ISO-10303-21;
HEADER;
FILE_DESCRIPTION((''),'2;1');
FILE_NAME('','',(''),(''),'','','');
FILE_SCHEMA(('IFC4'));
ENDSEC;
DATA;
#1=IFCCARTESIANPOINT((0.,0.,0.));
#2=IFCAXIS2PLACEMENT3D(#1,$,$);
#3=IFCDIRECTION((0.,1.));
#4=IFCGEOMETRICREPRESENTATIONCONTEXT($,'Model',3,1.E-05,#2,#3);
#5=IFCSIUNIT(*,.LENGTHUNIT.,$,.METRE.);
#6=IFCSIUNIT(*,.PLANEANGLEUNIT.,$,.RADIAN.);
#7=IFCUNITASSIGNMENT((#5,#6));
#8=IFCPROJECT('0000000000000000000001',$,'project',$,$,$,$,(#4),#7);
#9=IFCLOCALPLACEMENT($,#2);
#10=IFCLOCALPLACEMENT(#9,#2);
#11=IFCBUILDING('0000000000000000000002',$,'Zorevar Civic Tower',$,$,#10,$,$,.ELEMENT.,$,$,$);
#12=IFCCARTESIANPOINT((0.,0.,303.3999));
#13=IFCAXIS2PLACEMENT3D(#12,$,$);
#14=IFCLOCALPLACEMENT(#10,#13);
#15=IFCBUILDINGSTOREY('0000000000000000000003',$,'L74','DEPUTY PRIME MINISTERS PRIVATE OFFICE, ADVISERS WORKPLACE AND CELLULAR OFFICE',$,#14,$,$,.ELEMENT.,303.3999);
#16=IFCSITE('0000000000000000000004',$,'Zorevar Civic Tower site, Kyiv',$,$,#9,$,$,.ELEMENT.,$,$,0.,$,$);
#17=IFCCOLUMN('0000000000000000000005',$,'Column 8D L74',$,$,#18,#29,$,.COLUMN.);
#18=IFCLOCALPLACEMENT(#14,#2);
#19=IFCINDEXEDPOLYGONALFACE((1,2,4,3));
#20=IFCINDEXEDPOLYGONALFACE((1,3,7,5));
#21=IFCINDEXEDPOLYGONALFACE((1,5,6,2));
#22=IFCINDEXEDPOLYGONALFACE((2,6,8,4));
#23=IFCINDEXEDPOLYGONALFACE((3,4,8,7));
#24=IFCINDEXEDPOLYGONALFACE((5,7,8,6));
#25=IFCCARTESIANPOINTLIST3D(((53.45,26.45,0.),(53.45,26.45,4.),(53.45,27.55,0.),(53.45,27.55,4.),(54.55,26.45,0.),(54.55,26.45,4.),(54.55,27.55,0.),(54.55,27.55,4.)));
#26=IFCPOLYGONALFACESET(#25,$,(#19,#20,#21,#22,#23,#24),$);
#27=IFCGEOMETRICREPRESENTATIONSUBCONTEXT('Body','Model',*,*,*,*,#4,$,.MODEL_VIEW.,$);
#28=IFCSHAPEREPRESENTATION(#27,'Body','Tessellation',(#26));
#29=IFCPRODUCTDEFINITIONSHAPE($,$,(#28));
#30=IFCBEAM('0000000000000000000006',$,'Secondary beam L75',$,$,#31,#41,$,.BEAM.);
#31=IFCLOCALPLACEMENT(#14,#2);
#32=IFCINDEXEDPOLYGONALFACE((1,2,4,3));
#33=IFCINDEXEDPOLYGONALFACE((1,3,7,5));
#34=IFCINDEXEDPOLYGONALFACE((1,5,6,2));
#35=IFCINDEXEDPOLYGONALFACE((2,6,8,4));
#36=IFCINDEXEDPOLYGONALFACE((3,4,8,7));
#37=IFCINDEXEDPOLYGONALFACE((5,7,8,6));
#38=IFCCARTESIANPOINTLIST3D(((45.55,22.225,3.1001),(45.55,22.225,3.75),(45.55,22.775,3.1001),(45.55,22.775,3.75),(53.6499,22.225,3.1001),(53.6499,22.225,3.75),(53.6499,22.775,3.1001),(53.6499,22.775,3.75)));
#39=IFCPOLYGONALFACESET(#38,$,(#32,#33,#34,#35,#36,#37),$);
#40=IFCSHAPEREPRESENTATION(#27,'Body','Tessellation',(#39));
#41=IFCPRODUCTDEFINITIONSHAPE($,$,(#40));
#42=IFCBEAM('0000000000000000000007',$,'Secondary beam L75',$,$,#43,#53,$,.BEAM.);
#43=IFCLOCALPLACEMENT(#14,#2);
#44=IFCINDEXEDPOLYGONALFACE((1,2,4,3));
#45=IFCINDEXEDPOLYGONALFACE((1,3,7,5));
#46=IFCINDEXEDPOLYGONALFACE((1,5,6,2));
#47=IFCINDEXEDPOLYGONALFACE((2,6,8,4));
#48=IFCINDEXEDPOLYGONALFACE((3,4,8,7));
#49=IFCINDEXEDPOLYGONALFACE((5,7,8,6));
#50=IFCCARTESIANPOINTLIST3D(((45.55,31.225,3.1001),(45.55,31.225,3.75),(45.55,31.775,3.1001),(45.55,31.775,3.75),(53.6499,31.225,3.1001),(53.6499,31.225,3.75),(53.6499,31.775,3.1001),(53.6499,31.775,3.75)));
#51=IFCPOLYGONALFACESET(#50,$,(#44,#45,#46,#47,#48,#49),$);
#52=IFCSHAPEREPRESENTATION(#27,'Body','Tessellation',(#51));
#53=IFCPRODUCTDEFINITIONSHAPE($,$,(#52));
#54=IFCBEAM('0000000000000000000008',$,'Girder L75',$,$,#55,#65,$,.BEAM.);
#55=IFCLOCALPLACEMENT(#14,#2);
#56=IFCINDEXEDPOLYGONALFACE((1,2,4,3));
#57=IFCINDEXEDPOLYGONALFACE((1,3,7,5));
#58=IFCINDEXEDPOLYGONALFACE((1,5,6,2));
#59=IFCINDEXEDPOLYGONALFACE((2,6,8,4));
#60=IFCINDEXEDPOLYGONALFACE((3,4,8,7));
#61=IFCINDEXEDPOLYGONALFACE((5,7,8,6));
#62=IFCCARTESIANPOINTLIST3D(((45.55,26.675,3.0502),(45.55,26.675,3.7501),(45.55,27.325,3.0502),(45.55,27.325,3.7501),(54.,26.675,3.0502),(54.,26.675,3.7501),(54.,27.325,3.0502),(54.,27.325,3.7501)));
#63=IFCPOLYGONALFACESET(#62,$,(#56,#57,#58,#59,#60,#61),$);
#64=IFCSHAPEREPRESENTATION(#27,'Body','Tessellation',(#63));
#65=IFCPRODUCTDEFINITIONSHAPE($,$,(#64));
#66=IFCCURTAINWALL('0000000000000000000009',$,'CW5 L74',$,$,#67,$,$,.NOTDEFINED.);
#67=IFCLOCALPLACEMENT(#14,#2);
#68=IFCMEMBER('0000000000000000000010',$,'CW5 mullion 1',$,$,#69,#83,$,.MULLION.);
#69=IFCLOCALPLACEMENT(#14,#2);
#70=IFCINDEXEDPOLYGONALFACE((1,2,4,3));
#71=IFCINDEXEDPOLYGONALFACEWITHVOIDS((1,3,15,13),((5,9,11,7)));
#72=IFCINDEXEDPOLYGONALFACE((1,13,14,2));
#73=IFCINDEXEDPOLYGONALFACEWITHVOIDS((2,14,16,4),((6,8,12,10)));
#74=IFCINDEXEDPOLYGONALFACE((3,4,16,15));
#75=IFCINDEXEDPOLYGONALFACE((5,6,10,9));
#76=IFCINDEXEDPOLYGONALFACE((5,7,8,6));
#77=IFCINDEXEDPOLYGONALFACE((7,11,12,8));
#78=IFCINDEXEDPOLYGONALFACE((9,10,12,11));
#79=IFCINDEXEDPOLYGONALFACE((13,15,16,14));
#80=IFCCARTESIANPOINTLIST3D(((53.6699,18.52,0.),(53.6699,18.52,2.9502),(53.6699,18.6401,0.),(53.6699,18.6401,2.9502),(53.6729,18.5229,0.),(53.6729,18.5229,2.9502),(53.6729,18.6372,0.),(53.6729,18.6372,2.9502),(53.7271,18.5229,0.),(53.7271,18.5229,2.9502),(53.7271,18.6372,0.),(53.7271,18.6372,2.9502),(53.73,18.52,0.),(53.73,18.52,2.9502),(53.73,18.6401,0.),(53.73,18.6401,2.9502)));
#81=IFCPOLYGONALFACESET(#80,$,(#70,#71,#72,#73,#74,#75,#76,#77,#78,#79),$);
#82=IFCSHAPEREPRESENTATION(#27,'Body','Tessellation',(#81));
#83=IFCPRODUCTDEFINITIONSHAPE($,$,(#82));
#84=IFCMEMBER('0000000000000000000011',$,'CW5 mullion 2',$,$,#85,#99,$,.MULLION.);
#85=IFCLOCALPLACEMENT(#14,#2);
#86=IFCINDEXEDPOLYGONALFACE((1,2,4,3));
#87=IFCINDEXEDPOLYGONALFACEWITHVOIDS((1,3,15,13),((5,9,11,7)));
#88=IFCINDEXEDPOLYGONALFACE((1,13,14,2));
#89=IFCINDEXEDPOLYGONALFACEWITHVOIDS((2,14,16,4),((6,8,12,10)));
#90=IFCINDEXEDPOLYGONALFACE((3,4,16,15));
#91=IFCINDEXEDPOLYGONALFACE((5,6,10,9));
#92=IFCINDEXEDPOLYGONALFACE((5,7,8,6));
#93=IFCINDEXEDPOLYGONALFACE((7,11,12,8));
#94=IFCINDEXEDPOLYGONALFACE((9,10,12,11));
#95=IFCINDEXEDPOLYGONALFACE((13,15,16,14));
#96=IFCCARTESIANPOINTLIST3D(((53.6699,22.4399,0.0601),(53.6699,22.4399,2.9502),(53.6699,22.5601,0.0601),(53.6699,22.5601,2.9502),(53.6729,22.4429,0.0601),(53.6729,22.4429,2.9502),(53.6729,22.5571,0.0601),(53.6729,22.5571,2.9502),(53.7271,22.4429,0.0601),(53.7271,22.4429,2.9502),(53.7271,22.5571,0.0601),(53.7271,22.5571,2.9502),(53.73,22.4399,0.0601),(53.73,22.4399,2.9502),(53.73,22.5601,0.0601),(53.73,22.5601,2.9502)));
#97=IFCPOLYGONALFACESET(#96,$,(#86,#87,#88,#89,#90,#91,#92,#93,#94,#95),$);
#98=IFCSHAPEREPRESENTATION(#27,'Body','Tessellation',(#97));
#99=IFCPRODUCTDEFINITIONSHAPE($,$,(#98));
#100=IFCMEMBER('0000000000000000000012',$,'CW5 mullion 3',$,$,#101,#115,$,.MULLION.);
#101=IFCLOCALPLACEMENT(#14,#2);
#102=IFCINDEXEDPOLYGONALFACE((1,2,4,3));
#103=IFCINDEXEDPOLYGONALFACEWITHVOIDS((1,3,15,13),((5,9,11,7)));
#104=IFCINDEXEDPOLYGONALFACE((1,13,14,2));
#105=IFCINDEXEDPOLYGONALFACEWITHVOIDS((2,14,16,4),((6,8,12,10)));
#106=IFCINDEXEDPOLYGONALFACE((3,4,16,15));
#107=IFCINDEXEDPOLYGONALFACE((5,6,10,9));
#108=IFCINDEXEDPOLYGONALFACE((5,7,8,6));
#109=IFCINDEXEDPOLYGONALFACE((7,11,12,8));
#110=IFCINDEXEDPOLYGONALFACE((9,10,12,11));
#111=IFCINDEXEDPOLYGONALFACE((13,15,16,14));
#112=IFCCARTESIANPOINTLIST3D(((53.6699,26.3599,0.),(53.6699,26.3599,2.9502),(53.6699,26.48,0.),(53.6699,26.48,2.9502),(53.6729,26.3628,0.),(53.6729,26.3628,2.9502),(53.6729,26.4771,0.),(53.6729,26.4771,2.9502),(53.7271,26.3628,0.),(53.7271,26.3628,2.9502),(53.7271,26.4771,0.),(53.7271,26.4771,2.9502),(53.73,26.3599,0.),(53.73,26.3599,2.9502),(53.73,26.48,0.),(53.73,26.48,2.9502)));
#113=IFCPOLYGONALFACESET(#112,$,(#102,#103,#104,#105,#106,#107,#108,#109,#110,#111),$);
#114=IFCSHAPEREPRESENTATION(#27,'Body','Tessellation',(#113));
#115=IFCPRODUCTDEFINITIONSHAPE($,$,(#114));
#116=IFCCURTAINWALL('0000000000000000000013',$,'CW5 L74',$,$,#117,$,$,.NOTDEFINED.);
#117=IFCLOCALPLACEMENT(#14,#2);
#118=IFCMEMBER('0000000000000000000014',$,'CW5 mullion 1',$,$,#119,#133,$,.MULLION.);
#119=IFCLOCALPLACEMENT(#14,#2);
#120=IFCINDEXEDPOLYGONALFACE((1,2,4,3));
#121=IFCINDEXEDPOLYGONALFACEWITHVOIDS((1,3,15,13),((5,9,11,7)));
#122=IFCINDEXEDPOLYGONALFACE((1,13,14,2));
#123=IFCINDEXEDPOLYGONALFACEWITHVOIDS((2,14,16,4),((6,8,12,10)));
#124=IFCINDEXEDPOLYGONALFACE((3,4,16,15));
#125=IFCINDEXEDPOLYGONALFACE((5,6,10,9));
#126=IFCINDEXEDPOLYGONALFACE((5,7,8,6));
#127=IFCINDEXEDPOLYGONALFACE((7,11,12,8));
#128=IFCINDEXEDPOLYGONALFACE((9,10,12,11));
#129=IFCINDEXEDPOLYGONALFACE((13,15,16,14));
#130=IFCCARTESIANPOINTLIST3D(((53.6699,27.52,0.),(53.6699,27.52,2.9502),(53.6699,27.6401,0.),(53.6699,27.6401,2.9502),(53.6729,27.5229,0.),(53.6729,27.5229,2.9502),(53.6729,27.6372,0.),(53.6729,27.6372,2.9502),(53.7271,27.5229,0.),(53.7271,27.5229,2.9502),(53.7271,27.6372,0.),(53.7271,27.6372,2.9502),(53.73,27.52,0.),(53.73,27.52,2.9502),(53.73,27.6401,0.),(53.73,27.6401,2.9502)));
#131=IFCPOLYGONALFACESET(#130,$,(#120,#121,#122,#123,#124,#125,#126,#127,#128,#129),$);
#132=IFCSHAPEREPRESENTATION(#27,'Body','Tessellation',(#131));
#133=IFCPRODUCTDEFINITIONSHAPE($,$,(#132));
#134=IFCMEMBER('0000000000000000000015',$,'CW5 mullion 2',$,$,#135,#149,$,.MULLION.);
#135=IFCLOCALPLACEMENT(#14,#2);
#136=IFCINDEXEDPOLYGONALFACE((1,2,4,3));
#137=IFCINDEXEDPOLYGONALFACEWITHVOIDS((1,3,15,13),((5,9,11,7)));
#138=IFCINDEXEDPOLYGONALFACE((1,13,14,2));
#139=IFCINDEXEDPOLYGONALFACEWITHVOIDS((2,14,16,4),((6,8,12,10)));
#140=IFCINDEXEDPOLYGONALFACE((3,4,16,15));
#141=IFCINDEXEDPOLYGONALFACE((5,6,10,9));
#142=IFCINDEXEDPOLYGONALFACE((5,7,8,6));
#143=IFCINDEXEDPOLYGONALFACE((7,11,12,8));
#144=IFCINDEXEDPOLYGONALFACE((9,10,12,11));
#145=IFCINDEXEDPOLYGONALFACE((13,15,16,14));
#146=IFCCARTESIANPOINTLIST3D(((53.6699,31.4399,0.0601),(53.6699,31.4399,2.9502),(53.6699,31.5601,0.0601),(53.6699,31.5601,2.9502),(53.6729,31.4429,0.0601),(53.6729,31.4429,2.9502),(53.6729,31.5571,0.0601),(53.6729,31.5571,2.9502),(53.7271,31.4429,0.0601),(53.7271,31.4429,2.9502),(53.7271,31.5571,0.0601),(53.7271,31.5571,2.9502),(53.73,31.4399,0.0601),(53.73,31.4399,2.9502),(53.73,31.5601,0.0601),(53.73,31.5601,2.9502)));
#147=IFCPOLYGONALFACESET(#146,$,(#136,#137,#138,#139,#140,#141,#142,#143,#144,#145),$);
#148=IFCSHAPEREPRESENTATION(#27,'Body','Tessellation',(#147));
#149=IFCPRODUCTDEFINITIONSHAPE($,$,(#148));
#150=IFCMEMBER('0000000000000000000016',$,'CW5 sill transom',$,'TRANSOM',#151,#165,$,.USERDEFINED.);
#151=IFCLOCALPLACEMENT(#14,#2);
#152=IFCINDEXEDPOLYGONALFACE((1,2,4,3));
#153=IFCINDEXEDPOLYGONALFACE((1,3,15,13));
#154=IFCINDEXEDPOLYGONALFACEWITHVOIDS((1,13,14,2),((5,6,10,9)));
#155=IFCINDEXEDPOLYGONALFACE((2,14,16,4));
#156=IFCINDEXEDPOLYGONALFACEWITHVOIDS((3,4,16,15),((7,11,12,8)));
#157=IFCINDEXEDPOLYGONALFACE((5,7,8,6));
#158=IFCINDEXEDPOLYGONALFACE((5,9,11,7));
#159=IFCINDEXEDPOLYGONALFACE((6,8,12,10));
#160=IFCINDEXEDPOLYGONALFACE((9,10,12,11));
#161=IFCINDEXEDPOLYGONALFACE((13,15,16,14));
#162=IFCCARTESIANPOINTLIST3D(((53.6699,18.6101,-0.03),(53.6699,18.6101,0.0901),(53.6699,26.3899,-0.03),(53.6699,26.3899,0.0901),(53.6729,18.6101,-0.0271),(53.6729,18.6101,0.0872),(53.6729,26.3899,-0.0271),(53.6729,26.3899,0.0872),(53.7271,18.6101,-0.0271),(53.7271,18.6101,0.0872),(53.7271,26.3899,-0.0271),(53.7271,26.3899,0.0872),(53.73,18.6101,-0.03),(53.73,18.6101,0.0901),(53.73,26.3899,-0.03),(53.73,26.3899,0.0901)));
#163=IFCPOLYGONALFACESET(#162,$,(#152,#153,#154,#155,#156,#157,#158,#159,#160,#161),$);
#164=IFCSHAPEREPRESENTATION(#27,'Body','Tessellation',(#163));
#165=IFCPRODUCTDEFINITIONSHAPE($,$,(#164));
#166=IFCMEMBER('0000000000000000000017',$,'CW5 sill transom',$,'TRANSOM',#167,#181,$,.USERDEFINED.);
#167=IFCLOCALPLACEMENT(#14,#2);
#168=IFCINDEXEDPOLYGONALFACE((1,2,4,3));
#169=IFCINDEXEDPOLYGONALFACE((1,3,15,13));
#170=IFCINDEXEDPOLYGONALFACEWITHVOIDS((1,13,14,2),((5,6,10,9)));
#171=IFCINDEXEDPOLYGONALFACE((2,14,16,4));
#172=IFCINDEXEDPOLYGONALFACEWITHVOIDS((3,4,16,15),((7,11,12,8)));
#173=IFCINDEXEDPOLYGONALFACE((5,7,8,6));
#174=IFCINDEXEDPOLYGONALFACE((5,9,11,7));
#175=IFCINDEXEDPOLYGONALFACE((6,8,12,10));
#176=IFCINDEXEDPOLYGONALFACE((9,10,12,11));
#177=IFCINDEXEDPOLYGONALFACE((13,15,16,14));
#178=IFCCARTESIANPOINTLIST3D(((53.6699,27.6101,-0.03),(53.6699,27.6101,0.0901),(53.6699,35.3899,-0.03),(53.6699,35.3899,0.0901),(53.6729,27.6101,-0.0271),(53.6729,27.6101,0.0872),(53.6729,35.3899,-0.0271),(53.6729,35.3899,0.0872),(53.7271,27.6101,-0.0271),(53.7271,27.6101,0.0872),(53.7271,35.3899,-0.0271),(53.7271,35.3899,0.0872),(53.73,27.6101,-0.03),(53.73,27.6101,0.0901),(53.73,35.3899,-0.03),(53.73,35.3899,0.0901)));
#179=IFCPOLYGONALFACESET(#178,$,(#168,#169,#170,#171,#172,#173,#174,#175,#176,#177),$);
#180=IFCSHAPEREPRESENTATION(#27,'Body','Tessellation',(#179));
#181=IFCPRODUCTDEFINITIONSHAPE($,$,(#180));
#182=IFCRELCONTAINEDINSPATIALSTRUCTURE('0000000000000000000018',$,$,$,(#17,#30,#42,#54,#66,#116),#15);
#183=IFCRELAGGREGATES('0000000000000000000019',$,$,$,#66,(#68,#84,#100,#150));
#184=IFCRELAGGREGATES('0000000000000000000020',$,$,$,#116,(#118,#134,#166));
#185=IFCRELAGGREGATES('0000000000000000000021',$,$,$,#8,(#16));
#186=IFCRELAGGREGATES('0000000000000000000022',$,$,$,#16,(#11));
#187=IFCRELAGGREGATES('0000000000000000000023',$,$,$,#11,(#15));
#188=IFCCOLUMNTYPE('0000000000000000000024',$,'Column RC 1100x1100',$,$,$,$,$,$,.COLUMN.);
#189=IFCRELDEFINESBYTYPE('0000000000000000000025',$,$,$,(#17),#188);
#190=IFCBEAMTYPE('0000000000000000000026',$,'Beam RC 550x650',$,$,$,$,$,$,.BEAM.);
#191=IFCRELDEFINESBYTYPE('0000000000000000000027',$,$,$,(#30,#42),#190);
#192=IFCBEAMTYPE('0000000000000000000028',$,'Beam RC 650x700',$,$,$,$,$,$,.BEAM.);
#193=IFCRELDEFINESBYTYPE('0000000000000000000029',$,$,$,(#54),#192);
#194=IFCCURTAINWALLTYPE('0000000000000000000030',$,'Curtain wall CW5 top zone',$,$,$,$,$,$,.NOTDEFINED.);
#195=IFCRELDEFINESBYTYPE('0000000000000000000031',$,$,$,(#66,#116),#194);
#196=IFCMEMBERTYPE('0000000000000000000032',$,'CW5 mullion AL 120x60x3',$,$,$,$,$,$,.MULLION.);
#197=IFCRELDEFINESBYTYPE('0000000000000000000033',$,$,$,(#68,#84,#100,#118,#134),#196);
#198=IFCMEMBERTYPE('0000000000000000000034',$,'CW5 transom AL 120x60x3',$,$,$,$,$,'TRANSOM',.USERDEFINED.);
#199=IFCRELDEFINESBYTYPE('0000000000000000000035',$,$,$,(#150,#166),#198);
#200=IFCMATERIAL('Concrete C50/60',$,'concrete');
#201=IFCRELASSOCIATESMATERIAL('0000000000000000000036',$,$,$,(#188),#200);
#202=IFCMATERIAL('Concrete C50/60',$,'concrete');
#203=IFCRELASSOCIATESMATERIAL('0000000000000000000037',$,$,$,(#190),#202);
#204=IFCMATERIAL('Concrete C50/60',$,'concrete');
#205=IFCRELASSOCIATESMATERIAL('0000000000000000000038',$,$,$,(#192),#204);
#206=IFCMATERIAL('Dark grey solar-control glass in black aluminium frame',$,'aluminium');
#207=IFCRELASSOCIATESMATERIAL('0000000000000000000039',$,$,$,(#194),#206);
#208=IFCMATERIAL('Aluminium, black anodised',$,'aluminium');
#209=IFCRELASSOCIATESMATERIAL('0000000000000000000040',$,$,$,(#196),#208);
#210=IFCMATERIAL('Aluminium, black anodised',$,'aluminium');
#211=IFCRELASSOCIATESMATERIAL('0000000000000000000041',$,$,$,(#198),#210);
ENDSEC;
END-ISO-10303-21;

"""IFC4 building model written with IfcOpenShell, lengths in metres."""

from ifc_helpers import new_model, si_unit, direction, frame, origin, origin_2d, place, context, subcontext, project, spatial, rectangle, hollow_rectangle, extrude, material, material_profile, profile_set, type_object, element, aggregate, save


model = new_model("IFC4")

# Units and contexts
model_context = context("Model", 3, precision=1e-05, world=origin(), true_north=direction((0.0, 1.0)))
body_context = subcontext(model_context, "Body", "Model", "MODEL_VIEW")
ifc_project = project(units=[si_unit("LENGTHUNIT", "METRE"), si_unit("PLANEANGLEUNIT", "RADIAN")], contexts=[model_context])

# Site, building, storey
site_placement = place(None, origin())
site = spatial("IfcSite", under=ifc_project, at=site_placement, Name="Zorevar Civic Tower site, Kyiv", CompositionType="ELEMENT", RefElevation=0.0)
building_placement = place(site_placement, origin())
building = spatial("IfcBuilding", under=site, at=building_placement, Name="Zorevar Civic Tower", CompositionType="ELEMENT")
storey_placement = place(building_placement, frame((0.0, 0.0, 303.3999)))
storey = spatial("IfcBuildingStorey", under=building, at=storey_placement, Name="L74", Description="DEPUTY PRIME MINISTERS PRIVATE OFFICE, ADVISERS WORKPLACE AND CELLULAR OFFICE", CompositionType="ELEMENT", Elevation=303.3999)

# Column
ifc_material_1 = material(Name="Concrete C50/60", Category="concrete")
ifc_material_profile_1 = material_profile(ifc_material_1, rectangle(XDim=1.1001, YDim=1.1001, at=origin_2d()), Name="RC 1100x1100")
ifc_profile_set_1 = profile_set([ifc_material_profile_1], Name="Concrete C50/60")
column_type = type_object("IfcColumnType", Name="Column RC 1100x1100", PredefinedType="COLUMN", material=ifc_profile_set_1)
column_placement = place(storey_placement, frame((54.0, 27.0, 0.0), z_axis=(0.0, 0.0, 1.0), x_axis=(1.0, 0.0, 0.0)))
element("IfcColumn", 1, at=column_placement, inside=storey, type_object=column_type, Name="Column 8D L74", PredefinedType="COLUMN", context=body_context, shape_type="SweptSolid", body=[
    extrude(rectangle(XDim=1.1001, YDim=1.1001, at=origin_2d()), origin(), (0.0, 0.0, 1.0), 4.0),
])

# Beams
ifc_material_2 = material(Name="Concrete C50/60", Category="concrete")
ifc_material_profile_2 = material_profile(ifc_material_2, rectangle(XDim=0.55, YDim=0.6499, at=origin_2d()), Name="RC 550x650")
ifc_profile_set_2 = profile_set([ifc_material_profile_2], Name="Concrete C50/60")
beam_type_1 = type_object("IfcBeamType", Name="Beam RC 550x650", PredefinedType="BEAM", material=ifc_profile_set_2)
for number, where, z_axis, x_axis, name in (
    (2, (45.55, 22.5, 3.425), (1.0, 0.0, 0.0), (0.0, 1.0, 0.0), "Secondary beam L75"),
    (3, (45.55, 31.5, 3.425), (1.0, 0.0, 0.0), (0.0, 1.0, 0.0), "Secondary beam L75"),
):
    element("IfcBeam", number, at=place(storey_placement, frame(where, z_axis=z_axis, x_axis=x_axis)), inside=storey, type_object=beam_type_1, Name=name, PredefinedType="BEAM", context=body_context, shape_type="SweptSolid", body=[
        extrude(rectangle(XDim=0.55, YDim=0.6499, at=origin_2d()), origin(), (0.0, 0.0, 1.0), 8.0999),
    ])
ifc_material_3 = material(Name="Concrete C50/60", Category="concrete")
ifc_material_profile_3 = material_profile(ifc_material_3, rectangle(XDim=0.6499, YDim=0.7, at=origin_2d()), Name="RC 650x700")
ifc_profile_set_3 = profile_set([ifc_material_profile_3], Name="Concrete C50/60")
beam_type_2 = type_object("IfcBeamType", Name="Beam RC 650x700", PredefinedType="BEAM", material=ifc_profile_set_3)
beam_1_placement = place(storey_placement, frame((45.55, 27.0, 3.4001), z_axis=(1.0, 0.0, 0.0), x_axis=(0.0, 1.0, 0.0)))
element("IfcBeam", 4, at=beam_1_placement, inside=storey, type_object=beam_type_2, Name="Girder L75", PredefinedType="BEAM", context=body_context, shape_type="SweptSolid", body=[
    extrude(rectangle(XDim=0.6499, YDim=0.7, at=origin_2d()), origin(), (0.0, 0.0, 1.0), 8.45),
])

# Curtain walls, members
ifc_material_4 = material(Name="Dark grey solar-control glass in black aluminium frame", Category="aluminium")
curtain_wall_type = type_object("IfcCurtainWallType", Name="Curtain wall CW5 top zone", PredefinedType="NOTDEFINED", material=ifc_material_4)
curtain_wall_1_placement = place(storey_placement, origin())
curtain_wall_1 = element("IfcCurtainWall", 5, at=curtain_wall_1_placement, inside=storey, type_object=curtain_wall_type, Name="CW5 L74", PredefinedType="NOTDEFINED")
ifc_material_5 = material(Name="Aluminium, black anodised", Category="aluminium")
ifc_material_profile_4 = material_profile(ifc_material_5, hollow_rectangle(XDim=0.0601, YDim=0.1201, WallThickness=0.0029, at=origin_2d()), Name="AL 120x60x3")
ifc_profile_set_4 = profile_set([ifc_material_profile_4], Name="Aluminium, black anodised")
member_type_1 = type_object("IfcMemberType", Name="CW5 mullion AL 120x60x3", PredefinedType="MULLION", material=ifc_profile_set_4)
member_1_placement = place(storey_placement, frame((53.7, 18.5801, 0.0), z_axis=(0.0, 0.0, 1.0), x_axis=(-1.0, 0.0, 0.0)))
member_1 = element("IfcMember", 6, at=member_1_placement, type_object=member_type_1, Name="CW5 mullion 1", PredefinedType="MULLION", context=body_context, shape_type="SweptSolid", body=[
    extrude(hollow_rectangle(XDim=0.0601, YDim=0.1201, WallThickness=0.0029, at=origin_2d()), origin(), (0.0, 0.0, 1.0), 2.9502),
])
member_2_placement = place(storey_placement, frame((53.7, 22.5, 0.0601), z_axis=(0.0, 0.0, 1.0), x_axis=(-1.0, 0.0, 0.0)))
member_2 = element("IfcMember", 7, at=member_2_placement, type_object=member_type_1, Name="CW5 mullion 2", PredefinedType="MULLION", context=body_context, shape_type="SweptSolid", body=[
    extrude(hollow_rectangle(XDim=0.0601, YDim=0.1201, WallThickness=0.0029, at=origin_2d()), origin(), (0.0, 0.0, 1.0), 2.8901),
])
member_3_placement = place(storey_placement, frame((53.7, 26.4199, 0.0), z_axis=(0.0, 0.0, 1.0), x_axis=(-1.0, 0.0, 0.0)))
member_3 = element("IfcMember", 8, at=member_3_placement, type_object=member_type_1, Name="CW5 mullion 3", PredefinedType="MULLION", context=body_context, shape_type="SweptSolid", body=[
    extrude(hollow_rectangle(XDim=0.0601, YDim=0.1201, WallThickness=0.0029, at=origin_2d()), origin(), (0.0, 0.0, 1.0), 2.9502),
])
curtain_wall_2_placement = place(storey_placement, origin())
curtain_wall_2 = element("IfcCurtainWall", 9, at=curtain_wall_2_placement, inside=storey, type_object=curtain_wall_type, Name="CW5 L74", PredefinedType="NOTDEFINED")
member_4_placement = place(storey_placement, frame((53.7, 27.5801, 0.0), z_axis=(0.0, 0.0, 1.0), x_axis=(-1.0, 0.0, 0.0)))
member_4 = element("IfcMember", 10, at=member_4_placement, type_object=member_type_1, Name="CW5 mullion 1", PredefinedType="MULLION", context=body_context, shape_type="SweptSolid", body=[
    extrude(hollow_rectangle(XDim=0.0601, YDim=0.1201, WallThickness=0.0029, at=origin_2d()), origin(), (0.0, 0.0, 1.0), 2.9502),
])
member_5_placement = place(storey_placement, frame((53.7, 31.5, 0.0601), z_axis=(0.0, 0.0, 1.0), x_axis=(-1.0, 0.0, 0.0)))
member_5 = element("IfcMember", 11, at=member_5_placement, type_object=member_type_1, Name="CW5 mullion 2", PredefinedType="MULLION", context=body_context, shape_type="SweptSolid", body=[
    extrude(hollow_rectangle(XDim=0.0601, YDim=0.1201, WallThickness=0.0029, at=origin_2d()), origin(), (0.0, 0.0, 1.0), 2.8901),
])

# Members
ifc_material_6 = material(Name="Aluminium, black anodised", Category="aluminium")
ifc_material_profile_5 = material_profile(ifc_material_6, hollow_rectangle(XDim=0.0601, YDim=0.1201, WallThickness=0.0029, at=origin_2d()), Name="AL 120x60x3")
ifc_profile_set_5 = profile_set([ifc_material_profile_5], Name="Aluminium, black anodised")
member_type_2 = type_object("IfcMemberType", Name="CW5 transom AL 120x60x3", ElementType="TRANSOM", PredefinedType="USERDEFINED", material=ifc_profile_set_5)
member_6_placement = place(storey_placement, frame((53.7, 18.6101, 0.03), z_axis=(0.0, 1.0, 0.0), x_axis=(-1.0, 0.0, 0.0)))
member_6 = element("IfcMember", 12, at=member_6_placement, type_object=member_type_2, Name="CW5 sill transom", ObjectType="TRANSOM", PredefinedType="USERDEFINED", context=body_context, shape_type="SweptSolid", body=[
    extrude(hollow_rectangle(XDim=0.0601, YDim=0.1201, WallThickness=0.0029, at=origin_2d()), origin(), (0.0, 0.0, 1.0), 7.7798),
])
member_7_placement = place(storey_placement, frame((53.7, 27.6101, 0.03), z_axis=(0.0, 1.0, 0.0), x_axis=(-1.0, 0.0, 0.0)))
member_7 = element("IfcMember", 13, at=member_7_placement, type_object=member_type_2, Name="CW5 sill transom", ObjectType="TRANSOM", PredefinedType="USERDEFINED", context=body_context, shape_type="SweptSolid", body=[
    extrude(hollow_rectangle(XDim=0.0601, YDim=0.1201, WallThickness=0.0029, at=origin_2d()), origin(), (0.0, 0.0, 1.0), 7.7798),
])

aggregate(curtain_wall_1, [member_1, member_2, member_3, member_6])
aggregate(curtain_wall_2, [member_4, member_5, member_7])

save(model, "model.ifc")
